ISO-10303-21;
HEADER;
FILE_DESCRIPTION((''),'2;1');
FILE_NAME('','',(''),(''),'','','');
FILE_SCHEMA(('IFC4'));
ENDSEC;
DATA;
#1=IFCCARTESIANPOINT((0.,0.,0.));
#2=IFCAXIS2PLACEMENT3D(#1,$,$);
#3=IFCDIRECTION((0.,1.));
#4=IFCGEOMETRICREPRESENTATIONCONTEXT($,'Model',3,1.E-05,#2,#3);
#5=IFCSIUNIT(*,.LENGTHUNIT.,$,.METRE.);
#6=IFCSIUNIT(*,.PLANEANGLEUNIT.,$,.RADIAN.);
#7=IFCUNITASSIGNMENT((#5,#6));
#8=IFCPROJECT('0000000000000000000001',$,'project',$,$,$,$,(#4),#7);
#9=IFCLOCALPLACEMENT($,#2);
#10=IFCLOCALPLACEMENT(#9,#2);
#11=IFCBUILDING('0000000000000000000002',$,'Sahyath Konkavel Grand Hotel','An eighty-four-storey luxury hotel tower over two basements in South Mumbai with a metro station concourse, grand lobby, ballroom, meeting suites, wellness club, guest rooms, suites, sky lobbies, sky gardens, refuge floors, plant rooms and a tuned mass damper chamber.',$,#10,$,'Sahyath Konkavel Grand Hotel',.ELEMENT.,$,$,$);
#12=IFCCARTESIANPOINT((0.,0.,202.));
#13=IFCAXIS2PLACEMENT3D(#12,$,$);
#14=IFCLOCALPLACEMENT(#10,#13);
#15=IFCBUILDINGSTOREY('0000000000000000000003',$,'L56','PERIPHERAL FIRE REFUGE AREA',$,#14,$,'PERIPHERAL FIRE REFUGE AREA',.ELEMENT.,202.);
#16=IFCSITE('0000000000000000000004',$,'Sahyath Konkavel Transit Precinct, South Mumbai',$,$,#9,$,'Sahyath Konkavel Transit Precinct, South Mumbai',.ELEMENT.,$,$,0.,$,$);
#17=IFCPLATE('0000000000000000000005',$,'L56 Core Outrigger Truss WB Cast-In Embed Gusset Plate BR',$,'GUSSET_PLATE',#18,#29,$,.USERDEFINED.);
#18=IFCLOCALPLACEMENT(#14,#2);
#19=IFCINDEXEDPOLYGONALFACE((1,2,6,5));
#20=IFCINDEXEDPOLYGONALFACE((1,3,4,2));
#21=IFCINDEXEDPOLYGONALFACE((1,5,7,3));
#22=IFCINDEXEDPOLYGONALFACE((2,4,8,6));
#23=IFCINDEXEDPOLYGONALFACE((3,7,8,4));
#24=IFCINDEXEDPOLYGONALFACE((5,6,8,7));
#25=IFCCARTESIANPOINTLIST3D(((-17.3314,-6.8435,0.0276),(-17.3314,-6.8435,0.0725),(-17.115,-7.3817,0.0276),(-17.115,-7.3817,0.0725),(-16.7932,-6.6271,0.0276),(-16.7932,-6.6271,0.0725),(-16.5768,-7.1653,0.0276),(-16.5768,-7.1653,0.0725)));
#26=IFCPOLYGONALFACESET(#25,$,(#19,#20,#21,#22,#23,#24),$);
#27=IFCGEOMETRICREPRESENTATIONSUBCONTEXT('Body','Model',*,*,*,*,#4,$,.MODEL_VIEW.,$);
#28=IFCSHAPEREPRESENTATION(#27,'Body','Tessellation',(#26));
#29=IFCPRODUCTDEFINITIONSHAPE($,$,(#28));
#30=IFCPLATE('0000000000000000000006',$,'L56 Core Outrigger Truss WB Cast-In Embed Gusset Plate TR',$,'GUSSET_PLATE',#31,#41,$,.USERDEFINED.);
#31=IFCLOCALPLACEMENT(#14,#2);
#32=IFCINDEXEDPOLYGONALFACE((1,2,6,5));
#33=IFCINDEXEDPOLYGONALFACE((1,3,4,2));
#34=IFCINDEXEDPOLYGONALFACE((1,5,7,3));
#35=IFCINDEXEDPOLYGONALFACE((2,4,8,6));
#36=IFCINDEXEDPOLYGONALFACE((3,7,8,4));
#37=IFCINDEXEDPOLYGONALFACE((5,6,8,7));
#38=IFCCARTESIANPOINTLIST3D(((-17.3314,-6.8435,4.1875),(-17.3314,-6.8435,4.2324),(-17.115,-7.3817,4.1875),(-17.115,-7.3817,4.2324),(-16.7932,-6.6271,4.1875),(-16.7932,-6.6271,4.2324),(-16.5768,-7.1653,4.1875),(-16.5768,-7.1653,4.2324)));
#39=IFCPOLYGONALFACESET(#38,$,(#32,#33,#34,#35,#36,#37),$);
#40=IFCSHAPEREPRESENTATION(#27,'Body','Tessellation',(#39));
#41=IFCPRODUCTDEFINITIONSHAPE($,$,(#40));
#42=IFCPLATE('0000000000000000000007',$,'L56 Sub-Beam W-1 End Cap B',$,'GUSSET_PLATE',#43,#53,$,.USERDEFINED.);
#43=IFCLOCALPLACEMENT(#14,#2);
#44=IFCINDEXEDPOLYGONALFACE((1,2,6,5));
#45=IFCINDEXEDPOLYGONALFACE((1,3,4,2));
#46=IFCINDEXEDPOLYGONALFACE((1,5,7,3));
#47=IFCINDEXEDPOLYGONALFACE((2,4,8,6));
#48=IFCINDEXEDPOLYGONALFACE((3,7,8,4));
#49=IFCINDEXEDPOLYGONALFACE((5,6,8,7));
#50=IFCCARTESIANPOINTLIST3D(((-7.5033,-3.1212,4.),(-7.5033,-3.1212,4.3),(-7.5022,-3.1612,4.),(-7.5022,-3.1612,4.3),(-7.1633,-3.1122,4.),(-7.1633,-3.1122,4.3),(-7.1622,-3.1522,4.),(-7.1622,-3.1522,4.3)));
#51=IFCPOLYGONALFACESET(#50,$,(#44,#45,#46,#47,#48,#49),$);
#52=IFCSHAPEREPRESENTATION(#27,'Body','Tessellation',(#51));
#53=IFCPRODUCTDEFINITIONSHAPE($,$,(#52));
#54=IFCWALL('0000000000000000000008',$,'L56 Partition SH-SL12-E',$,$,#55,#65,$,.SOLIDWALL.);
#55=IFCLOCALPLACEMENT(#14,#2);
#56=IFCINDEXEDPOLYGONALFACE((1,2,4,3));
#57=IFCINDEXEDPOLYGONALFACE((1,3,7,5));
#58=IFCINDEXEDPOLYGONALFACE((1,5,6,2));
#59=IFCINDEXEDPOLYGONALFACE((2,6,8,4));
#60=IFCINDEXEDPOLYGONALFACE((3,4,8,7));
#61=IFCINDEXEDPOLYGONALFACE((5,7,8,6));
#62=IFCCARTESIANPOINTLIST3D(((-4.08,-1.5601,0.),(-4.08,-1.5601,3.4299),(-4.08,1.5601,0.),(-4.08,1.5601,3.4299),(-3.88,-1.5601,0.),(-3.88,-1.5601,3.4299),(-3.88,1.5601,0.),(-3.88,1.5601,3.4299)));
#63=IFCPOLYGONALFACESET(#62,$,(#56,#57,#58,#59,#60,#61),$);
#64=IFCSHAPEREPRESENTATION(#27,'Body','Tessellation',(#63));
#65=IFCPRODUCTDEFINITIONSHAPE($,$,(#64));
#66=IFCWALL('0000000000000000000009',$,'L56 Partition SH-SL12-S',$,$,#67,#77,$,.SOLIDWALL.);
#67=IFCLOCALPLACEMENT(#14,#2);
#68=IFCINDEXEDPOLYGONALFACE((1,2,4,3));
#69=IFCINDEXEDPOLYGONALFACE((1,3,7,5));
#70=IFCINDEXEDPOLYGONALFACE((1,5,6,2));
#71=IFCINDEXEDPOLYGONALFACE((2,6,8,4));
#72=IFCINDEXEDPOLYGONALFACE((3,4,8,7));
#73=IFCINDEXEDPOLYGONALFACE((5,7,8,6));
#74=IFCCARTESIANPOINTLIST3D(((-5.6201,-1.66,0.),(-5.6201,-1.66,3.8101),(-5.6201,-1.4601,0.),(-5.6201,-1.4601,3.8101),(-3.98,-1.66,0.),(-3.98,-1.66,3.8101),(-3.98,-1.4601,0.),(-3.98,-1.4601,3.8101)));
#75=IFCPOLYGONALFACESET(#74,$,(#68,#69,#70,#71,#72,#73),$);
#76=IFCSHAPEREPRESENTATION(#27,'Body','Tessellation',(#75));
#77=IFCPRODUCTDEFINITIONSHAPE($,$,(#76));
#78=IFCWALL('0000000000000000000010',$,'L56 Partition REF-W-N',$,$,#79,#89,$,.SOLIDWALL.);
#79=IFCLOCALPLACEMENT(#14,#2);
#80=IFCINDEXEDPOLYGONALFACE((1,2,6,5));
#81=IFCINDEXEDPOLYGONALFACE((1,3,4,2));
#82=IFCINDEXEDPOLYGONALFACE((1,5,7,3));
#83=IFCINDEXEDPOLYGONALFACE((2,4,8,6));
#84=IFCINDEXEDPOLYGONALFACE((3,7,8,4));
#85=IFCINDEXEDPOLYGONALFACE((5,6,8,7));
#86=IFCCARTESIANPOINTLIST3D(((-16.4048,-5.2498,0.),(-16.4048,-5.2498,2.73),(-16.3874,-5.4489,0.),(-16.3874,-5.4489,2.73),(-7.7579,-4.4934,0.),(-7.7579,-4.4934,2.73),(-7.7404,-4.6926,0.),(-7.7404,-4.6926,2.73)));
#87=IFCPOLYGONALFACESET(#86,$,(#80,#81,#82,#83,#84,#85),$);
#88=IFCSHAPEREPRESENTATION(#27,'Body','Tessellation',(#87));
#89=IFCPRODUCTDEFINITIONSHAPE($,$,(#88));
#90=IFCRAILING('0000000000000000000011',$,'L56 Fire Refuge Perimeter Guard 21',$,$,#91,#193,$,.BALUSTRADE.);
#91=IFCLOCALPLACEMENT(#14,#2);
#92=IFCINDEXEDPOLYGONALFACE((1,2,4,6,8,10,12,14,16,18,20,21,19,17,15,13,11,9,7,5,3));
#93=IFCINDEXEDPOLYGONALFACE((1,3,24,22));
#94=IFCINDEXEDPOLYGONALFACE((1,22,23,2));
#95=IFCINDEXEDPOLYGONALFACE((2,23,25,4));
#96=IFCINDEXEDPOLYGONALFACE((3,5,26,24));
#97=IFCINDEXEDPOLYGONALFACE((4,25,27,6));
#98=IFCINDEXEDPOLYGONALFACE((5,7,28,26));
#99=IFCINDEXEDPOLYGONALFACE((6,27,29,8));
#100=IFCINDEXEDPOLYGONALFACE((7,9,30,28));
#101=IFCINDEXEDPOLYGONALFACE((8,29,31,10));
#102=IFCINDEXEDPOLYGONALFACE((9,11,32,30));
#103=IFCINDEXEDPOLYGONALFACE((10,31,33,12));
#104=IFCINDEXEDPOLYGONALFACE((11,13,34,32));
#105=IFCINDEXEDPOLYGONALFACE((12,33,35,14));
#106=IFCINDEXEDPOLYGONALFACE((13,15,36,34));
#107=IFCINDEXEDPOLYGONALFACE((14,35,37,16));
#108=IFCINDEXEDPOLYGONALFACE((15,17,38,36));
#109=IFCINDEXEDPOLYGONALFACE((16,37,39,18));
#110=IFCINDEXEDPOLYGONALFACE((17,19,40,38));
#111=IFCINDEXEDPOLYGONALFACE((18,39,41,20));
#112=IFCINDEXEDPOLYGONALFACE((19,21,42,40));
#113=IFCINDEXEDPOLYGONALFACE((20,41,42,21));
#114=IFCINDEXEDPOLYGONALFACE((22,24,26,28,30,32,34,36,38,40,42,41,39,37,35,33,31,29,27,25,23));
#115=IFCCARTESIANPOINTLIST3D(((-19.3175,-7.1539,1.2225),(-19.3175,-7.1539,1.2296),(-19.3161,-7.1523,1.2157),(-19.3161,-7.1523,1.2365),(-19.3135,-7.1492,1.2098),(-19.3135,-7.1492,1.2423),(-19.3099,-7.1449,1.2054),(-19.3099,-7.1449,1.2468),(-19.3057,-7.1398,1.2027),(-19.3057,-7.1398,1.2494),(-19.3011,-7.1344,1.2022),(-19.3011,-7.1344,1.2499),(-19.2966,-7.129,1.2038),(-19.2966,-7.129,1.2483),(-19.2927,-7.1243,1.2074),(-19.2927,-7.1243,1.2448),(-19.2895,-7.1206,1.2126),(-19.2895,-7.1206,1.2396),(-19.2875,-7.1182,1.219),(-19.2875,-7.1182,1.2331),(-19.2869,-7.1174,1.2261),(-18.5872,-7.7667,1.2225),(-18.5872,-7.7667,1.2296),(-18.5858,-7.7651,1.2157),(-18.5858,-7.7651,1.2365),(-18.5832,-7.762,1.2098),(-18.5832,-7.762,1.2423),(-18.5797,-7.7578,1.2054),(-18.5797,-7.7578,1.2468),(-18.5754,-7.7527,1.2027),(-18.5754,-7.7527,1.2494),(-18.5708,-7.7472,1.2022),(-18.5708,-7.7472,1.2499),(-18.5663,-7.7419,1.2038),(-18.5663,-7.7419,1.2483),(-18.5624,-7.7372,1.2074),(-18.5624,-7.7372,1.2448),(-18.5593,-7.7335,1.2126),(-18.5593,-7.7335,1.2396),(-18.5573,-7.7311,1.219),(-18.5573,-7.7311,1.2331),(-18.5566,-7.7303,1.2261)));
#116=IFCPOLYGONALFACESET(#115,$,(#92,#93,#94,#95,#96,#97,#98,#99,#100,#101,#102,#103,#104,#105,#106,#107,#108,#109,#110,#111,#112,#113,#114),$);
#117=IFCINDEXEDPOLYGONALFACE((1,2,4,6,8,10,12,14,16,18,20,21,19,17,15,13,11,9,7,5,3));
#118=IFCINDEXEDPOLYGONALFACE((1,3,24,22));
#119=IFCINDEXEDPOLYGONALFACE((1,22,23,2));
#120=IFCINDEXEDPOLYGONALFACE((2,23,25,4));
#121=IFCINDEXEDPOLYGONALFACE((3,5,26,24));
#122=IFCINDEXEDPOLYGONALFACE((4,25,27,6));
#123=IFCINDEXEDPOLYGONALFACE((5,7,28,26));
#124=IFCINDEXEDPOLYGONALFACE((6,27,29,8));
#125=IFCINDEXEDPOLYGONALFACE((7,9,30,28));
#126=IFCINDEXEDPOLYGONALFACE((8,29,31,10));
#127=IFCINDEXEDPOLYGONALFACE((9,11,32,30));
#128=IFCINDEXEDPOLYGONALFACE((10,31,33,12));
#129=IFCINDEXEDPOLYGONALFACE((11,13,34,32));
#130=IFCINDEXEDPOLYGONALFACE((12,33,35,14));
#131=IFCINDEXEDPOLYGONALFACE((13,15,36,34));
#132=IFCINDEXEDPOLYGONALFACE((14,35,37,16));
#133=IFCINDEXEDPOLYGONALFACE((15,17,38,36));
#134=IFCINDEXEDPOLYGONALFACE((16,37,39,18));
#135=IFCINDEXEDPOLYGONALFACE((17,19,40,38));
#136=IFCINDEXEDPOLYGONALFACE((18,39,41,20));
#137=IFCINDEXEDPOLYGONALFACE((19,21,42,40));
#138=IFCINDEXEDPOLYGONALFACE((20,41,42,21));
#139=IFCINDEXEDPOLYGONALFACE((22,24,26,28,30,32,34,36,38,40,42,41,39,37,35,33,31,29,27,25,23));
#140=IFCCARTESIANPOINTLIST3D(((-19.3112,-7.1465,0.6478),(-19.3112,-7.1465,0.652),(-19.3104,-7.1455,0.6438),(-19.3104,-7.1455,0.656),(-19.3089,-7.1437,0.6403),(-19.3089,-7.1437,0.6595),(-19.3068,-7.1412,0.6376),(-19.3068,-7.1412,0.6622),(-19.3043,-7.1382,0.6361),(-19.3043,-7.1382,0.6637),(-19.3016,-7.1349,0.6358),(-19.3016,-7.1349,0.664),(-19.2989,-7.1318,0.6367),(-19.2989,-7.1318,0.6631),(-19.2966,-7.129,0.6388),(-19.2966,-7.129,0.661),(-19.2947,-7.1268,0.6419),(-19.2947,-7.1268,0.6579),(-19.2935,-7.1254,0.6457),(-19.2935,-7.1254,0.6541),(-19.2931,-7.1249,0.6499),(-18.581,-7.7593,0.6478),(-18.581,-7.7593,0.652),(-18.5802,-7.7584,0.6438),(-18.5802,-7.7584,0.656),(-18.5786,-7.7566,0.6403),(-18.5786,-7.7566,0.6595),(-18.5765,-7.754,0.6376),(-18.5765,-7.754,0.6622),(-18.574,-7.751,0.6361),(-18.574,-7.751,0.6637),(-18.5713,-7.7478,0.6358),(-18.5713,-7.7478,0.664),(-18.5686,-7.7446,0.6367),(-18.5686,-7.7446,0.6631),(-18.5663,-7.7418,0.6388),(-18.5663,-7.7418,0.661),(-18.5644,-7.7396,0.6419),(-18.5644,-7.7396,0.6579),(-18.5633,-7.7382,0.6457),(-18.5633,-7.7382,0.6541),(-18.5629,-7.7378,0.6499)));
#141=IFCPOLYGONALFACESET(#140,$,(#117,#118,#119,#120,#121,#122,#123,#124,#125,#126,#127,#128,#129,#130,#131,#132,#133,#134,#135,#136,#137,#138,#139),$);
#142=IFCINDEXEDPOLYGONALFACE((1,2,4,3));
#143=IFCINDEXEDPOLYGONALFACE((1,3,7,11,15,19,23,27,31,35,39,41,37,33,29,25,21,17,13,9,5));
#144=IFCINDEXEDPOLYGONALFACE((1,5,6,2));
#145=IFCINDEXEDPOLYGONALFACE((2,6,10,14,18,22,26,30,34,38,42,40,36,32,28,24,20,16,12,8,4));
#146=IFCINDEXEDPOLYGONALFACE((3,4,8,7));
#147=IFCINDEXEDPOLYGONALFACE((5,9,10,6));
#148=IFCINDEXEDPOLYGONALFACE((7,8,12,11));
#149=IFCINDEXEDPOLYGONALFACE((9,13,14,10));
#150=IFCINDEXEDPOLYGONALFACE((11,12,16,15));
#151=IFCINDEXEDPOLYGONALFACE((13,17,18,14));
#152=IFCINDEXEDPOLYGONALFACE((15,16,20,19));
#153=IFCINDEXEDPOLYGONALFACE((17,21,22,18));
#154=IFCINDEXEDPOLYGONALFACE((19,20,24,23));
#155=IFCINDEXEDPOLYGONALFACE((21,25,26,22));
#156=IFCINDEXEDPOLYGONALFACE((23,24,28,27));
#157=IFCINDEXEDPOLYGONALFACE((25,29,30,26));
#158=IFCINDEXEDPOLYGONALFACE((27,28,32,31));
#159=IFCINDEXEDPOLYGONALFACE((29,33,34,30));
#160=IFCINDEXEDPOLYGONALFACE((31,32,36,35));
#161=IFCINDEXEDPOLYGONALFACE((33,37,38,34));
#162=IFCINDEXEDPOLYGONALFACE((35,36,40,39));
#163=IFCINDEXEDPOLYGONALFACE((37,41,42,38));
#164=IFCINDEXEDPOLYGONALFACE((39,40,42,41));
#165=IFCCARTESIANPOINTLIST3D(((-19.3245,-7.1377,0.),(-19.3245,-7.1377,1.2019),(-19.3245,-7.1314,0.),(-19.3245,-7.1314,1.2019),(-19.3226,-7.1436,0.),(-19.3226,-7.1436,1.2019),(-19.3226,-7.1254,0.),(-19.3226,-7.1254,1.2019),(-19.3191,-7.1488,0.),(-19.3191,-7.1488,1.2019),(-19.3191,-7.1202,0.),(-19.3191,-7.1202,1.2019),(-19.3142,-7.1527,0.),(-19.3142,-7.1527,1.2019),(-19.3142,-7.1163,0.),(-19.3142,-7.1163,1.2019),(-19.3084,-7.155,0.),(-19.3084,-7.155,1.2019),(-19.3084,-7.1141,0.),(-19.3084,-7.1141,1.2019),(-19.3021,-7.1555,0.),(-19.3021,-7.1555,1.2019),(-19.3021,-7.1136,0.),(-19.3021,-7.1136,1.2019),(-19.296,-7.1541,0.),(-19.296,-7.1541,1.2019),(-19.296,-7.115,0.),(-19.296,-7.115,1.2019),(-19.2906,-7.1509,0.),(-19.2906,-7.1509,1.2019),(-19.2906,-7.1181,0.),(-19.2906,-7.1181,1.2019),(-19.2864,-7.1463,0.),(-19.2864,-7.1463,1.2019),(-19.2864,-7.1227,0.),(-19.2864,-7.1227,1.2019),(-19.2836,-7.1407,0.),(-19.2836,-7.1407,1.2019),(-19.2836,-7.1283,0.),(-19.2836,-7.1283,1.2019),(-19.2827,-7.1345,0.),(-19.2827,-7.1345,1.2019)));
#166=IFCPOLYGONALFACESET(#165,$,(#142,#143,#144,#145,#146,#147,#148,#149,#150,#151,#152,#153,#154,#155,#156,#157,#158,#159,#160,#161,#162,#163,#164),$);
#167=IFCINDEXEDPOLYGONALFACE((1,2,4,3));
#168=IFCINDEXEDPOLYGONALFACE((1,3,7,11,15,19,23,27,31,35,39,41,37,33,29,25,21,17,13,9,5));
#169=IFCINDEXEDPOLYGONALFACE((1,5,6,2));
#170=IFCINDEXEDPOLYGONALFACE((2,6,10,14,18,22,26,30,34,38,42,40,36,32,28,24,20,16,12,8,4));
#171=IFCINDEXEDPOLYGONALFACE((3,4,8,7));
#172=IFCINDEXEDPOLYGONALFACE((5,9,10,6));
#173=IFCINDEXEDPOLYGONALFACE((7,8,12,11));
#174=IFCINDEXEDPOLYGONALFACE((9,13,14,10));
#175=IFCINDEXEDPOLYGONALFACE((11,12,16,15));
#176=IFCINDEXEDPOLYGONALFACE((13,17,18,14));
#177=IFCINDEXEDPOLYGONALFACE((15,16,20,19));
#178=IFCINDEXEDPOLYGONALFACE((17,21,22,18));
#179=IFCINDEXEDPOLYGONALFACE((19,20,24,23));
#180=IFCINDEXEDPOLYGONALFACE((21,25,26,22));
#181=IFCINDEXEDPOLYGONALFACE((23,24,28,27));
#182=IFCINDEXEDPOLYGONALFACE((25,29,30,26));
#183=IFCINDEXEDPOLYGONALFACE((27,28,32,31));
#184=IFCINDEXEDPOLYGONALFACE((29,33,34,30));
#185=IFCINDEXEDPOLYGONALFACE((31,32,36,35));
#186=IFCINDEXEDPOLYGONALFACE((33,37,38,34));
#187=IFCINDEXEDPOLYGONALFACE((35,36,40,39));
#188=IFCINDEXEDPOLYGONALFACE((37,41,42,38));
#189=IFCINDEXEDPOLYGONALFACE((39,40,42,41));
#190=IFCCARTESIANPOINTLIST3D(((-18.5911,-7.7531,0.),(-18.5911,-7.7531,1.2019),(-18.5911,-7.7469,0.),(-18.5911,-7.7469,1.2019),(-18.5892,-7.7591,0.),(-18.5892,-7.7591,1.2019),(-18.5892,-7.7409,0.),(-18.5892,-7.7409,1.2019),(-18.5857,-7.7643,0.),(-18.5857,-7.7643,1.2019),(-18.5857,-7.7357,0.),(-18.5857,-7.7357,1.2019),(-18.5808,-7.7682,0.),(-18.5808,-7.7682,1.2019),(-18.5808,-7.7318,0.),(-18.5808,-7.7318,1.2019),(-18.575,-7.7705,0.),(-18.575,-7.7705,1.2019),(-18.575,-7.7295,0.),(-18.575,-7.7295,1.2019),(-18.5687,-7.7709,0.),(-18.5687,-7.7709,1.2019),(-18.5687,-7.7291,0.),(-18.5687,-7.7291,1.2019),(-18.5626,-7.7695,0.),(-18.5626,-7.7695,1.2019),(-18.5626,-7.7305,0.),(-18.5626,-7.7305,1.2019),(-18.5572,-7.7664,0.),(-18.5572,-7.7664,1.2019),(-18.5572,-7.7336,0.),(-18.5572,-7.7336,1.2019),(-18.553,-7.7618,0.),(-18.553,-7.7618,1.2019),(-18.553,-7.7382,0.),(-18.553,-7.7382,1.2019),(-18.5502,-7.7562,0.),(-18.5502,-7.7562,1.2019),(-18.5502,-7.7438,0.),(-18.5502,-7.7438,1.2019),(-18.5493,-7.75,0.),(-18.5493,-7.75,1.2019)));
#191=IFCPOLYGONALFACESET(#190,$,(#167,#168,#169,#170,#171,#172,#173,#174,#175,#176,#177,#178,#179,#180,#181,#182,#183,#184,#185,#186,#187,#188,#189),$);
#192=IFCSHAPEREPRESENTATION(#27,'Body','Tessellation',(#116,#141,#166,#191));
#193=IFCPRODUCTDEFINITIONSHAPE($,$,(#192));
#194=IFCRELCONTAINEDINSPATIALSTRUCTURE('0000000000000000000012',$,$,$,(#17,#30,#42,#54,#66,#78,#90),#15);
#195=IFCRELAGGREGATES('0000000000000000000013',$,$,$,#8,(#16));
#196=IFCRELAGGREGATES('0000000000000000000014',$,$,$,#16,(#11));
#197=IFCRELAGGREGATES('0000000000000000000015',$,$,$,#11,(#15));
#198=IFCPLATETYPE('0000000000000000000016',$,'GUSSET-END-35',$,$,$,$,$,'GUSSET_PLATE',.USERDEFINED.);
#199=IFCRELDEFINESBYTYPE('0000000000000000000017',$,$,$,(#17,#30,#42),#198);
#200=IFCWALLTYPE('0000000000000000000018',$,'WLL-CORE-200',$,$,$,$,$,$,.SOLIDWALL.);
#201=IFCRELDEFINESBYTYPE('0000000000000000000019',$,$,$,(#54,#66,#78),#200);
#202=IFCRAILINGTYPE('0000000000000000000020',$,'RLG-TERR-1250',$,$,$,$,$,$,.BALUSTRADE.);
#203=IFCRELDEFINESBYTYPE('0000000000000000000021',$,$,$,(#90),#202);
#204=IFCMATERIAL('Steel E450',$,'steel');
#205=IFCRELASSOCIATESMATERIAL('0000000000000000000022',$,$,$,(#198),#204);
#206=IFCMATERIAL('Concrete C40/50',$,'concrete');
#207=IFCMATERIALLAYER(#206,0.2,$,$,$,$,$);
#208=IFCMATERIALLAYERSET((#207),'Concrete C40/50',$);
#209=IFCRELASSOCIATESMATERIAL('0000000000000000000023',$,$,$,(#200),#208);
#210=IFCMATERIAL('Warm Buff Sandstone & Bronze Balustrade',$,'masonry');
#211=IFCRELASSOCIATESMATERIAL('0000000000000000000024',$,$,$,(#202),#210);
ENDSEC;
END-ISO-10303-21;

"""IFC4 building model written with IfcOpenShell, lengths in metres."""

from ifc_helpers import new_model, si_unit, direction, frame, frame_2d, origin, origin_2d, place, context, subcontext, project, spatial, rectangle, circle, extrude, source, transform, mapped, material, layer, layer_set, type_object, element, save


model = new_model("IFC4")

# Units and contexts
model_context = context("Model", 3, precision=1e-05, world=origin(), true_north=direction((0.0, 1.0)))
body_context = subcontext(model_context, "Body", "Model", "MODEL_VIEW")
ifc_project = project(units=[si_unit("LENGTHUNIT", "METRE"), si_unit("PLANEANGLEUNIT", "RADIAN")], contexts=[model_context])

# Site, building, storey
site_placement = place(None, origin())
site = spatial("IfcSite", under=ifc_project, at=site_placement, Name="Sahyath Konkavel Transit Precinct, South Mumbai", LongName="Sahyath Konkavel Transit Precinct, South Mumbai", CompositionType="ELEMENT", RefElevation=0.0)
building_placement = place(site_placement, origin())
building = spatial("IfcBuilding", under=site, at=building_placement, Name="Sahyath Konkavel Grand Hotel", Description="An eighty-four-storey luxury hotel tower over two basements in South Mumbai with a metro station concourse, grand lobby, ballroom, meeting suites, wellness club, guest rooms, suites, sky lobbies, sky gardens, refuge floors, plant rooms and a tuned mass damper chamber.", LongName="Sahyath Konkavel Grand Hotel", CompositionType="ELEMENT")
storey_placement = place(building_placement, frame((0.0, 0.0, 202.0)))
storey = spatial("IfcBuildingStorey", under=building, at=storey_placement, Name="L56", Description="PERIPHERAL FIRE REFUGE AREA", LongName="PERIPHERAL FIRE REFUGE AREA", CompositionType="ELEMENT", Elevation=202.0)

# Shared definitions
ifc_material_1 = material(Name="Steel E450", Category="steel")

# Plates
plate_type_1 = type_object("IfcPlateType", Name="GUSSET-END-35", ElementType="GUSSET_PLATE", PredefinedType="USERDEFINED", material=ifc_material_1)
shared_shape_1 = source(origin(), body_context, "Body", "SweptSolid", [
    extrude(rectangle(XDim=0.5801, YDim=0.5801, at=origin_2d()), origin(), (0.0, 0.0, 1.0), 0.0449),
])
for number, where, z_axis, x_axis, name in (
    (1, (-16.9541, -7.0044, 0.0276), (0.0, 0.0, 1.0), (-0.927843, -0.372972, 0.0), "L56 Core Outrigger Truss WB Cast-In Embed Gusset Plate BR"),
    (2, (-16.9541, -7.0044, 4.1875), (0.0, 0.0, 1.0), (-0.927843, -0.372972, 0.0), "L56 Core Outrigger Truss WB Cast-In Embed Gusset Plate TR"),
):
    element("IfcPlate", number, at=place(storey_placement, frame(where, z_axis=z_axis, x_axis=x_axis)), inside=storey, type_object=plate_type_1, Name=name, ObjectType="GUSSET_PLATE", PredefinedType="USERDEFINED", context=body_context, shape_type="MappedRepresentation", body=[
        mapped(shared_shape_1, transform((0.0, 0.0, 0.0), scale=1.0)),
    ])
shared_shape_2 = source(origin(), body_context, "Body", "SweptSolid", [
    extrude(rectangle(XDim=0.04, YDim=0.3401, at=origin_2d()), origin(), (0.0, 0.0, 1.0), 0.3),
])
plate_1_placement = place(storey_placement, frame((-7.3328, -3.1367, 4.0), z_axis=(0.0, 0.0, 1.0), x_axis=(0.026491, -0.999649, 0.0)))
element("IfcPlate", 3, at=plate_1_placement, inside=storey, type_object=plate_type_1, Name="L56 Sub-Beam W-1 End Cap B", ObjectType="GUSSET_PLATE", PredefinedType="USERDEFINED", context=body_context, shape_type="MappedRepresentation", body=[
    mapped(shared_shape_2, transform((0.0, 0.0, 0.0), scale=1.0)),
])

# Walls
ifc_material_2 = material(Name="Concrete C40/50", Category="concrete")
ifc_layer = layer(ifc_material_2, 0.2)
ifc_layer_set = layer_set([ifc_layer], Name="Concrete C40/50")
wall_type = type_object("IfcWallType", Name="WLL-CORE-200", PredefinedType="SOLIDWALL", material=ifc_layer_set)
wall_1_placement = place(storey_placement, frame((-3.98, -1.5601, 0.0), z_axis=(0.0, 0.0, 1.0), x_axis=(0.0, 1.0, 0.0)))
element("IfcWall", 4, at=wall_1_placement, inside=storey, type_object=wall_type, Name="L56 Partition SH-SL12-E", PredefinedType="SOLIDWALL", context=body_context, shape_type="SweptSolid", body=[
    extrude(rectangle(XDim=3.1201, YDim=0.2, at=frame_2d((1.5601, 0.0))), origin(), (0.0, 0.0, 1.0), 3.4299),
])
wall_2_placement = place(storey_placement, frame((-5.6201, -1.5601, 0.0), z_axis=(0.0, 0.0, 1.0), x_axis=(1.0, 0.0, 0.0)))
element("IfcWall", 5, at=wall_2_placement, inside=storey, type_object=wall_type, Name="L56 Partition SH-SL12-S", PredefinedType="SOLIDWALL", context=body_context, shape_type="SweptSolid", body=[
    extrude(rectangle(XDim=1.6401, YDim=0.2, at=frame_2d((0.8201, 0.0))), origin(), (0.0, 0.0, 1.0), 3.8101),
])
wall_3_placement = place(storey_placement, frame((-7.7493, -4.593, 0.0), z_axis=(0.0, 0.0, 1.0), x_axis=(-0.996196, -0.087137, 0.0)))
element("IfcWall", 6, at=wall_3_placement, inside=storey, type_object=wall_type, Name="L56 Partition REF-W-N", PredefinedType="SOLIDWALL", context=body_context, shape_type="SweptSolid", body=[
    extrude(rectangle(XDim=8.6799, YDim=0.2, at=frame_2d((4.3398, 0.0))), origin(), (0.0, 0.0, 1.0), 2.73),
])

# Railing
ifc_material_3 = material(Name="Warm Buff Sandstone & Bronze Balustrade", Category="masonry")
railing_type = type_object("IfcRailingType", Name="RLG-TERR-1250", PredefinedType="BALUSTRADE", material=ifc_material_3)
railing_1_placement = place(storey_placement, frame((-19.3037, -7.1345, 0.0)))
element("IfcRailing", 7, at=railing_1_placement, inside=storey, type_object=railing_type, Name="L56 Fire Refuge Perimeter Guard 21", PredefinedType="BALUSTRADE", context=body_context, shape_type="SweptSolid", body=[
    extrude(circle(Radius=0.0239, at=origin_2d()), frame((0.0015, -0.0012, 1.2261), z_axis=(0.766001, -0.642839, 0.0), x_axis=(0.642839, 0.766001, 0.0)), (0.0, 0.0, 1.0), 0.9534),
    extrude(circle(Radius=0.0142, at=origin_2d()), frame((0.0015, -0.0012, 0.6499), z_axis=(0.766001, -0.642839, 0.0), x_axis=(0.642839, 0.766001, 0.0)), (0.0, 0.0, 1.0), 0.9534),
    extrude(circle(Radius=0.021, at=origin_2d()), origin(), (0.0, 0.0, 1.0), 1.2019),
    extrude(circle(Radius=0.021, at=origin_2d()), frame((0.7334, -0.6155, 0.0)), (0.0, 0.0, 1.0), 1.2019),
])

save(model, "model.ifc")
